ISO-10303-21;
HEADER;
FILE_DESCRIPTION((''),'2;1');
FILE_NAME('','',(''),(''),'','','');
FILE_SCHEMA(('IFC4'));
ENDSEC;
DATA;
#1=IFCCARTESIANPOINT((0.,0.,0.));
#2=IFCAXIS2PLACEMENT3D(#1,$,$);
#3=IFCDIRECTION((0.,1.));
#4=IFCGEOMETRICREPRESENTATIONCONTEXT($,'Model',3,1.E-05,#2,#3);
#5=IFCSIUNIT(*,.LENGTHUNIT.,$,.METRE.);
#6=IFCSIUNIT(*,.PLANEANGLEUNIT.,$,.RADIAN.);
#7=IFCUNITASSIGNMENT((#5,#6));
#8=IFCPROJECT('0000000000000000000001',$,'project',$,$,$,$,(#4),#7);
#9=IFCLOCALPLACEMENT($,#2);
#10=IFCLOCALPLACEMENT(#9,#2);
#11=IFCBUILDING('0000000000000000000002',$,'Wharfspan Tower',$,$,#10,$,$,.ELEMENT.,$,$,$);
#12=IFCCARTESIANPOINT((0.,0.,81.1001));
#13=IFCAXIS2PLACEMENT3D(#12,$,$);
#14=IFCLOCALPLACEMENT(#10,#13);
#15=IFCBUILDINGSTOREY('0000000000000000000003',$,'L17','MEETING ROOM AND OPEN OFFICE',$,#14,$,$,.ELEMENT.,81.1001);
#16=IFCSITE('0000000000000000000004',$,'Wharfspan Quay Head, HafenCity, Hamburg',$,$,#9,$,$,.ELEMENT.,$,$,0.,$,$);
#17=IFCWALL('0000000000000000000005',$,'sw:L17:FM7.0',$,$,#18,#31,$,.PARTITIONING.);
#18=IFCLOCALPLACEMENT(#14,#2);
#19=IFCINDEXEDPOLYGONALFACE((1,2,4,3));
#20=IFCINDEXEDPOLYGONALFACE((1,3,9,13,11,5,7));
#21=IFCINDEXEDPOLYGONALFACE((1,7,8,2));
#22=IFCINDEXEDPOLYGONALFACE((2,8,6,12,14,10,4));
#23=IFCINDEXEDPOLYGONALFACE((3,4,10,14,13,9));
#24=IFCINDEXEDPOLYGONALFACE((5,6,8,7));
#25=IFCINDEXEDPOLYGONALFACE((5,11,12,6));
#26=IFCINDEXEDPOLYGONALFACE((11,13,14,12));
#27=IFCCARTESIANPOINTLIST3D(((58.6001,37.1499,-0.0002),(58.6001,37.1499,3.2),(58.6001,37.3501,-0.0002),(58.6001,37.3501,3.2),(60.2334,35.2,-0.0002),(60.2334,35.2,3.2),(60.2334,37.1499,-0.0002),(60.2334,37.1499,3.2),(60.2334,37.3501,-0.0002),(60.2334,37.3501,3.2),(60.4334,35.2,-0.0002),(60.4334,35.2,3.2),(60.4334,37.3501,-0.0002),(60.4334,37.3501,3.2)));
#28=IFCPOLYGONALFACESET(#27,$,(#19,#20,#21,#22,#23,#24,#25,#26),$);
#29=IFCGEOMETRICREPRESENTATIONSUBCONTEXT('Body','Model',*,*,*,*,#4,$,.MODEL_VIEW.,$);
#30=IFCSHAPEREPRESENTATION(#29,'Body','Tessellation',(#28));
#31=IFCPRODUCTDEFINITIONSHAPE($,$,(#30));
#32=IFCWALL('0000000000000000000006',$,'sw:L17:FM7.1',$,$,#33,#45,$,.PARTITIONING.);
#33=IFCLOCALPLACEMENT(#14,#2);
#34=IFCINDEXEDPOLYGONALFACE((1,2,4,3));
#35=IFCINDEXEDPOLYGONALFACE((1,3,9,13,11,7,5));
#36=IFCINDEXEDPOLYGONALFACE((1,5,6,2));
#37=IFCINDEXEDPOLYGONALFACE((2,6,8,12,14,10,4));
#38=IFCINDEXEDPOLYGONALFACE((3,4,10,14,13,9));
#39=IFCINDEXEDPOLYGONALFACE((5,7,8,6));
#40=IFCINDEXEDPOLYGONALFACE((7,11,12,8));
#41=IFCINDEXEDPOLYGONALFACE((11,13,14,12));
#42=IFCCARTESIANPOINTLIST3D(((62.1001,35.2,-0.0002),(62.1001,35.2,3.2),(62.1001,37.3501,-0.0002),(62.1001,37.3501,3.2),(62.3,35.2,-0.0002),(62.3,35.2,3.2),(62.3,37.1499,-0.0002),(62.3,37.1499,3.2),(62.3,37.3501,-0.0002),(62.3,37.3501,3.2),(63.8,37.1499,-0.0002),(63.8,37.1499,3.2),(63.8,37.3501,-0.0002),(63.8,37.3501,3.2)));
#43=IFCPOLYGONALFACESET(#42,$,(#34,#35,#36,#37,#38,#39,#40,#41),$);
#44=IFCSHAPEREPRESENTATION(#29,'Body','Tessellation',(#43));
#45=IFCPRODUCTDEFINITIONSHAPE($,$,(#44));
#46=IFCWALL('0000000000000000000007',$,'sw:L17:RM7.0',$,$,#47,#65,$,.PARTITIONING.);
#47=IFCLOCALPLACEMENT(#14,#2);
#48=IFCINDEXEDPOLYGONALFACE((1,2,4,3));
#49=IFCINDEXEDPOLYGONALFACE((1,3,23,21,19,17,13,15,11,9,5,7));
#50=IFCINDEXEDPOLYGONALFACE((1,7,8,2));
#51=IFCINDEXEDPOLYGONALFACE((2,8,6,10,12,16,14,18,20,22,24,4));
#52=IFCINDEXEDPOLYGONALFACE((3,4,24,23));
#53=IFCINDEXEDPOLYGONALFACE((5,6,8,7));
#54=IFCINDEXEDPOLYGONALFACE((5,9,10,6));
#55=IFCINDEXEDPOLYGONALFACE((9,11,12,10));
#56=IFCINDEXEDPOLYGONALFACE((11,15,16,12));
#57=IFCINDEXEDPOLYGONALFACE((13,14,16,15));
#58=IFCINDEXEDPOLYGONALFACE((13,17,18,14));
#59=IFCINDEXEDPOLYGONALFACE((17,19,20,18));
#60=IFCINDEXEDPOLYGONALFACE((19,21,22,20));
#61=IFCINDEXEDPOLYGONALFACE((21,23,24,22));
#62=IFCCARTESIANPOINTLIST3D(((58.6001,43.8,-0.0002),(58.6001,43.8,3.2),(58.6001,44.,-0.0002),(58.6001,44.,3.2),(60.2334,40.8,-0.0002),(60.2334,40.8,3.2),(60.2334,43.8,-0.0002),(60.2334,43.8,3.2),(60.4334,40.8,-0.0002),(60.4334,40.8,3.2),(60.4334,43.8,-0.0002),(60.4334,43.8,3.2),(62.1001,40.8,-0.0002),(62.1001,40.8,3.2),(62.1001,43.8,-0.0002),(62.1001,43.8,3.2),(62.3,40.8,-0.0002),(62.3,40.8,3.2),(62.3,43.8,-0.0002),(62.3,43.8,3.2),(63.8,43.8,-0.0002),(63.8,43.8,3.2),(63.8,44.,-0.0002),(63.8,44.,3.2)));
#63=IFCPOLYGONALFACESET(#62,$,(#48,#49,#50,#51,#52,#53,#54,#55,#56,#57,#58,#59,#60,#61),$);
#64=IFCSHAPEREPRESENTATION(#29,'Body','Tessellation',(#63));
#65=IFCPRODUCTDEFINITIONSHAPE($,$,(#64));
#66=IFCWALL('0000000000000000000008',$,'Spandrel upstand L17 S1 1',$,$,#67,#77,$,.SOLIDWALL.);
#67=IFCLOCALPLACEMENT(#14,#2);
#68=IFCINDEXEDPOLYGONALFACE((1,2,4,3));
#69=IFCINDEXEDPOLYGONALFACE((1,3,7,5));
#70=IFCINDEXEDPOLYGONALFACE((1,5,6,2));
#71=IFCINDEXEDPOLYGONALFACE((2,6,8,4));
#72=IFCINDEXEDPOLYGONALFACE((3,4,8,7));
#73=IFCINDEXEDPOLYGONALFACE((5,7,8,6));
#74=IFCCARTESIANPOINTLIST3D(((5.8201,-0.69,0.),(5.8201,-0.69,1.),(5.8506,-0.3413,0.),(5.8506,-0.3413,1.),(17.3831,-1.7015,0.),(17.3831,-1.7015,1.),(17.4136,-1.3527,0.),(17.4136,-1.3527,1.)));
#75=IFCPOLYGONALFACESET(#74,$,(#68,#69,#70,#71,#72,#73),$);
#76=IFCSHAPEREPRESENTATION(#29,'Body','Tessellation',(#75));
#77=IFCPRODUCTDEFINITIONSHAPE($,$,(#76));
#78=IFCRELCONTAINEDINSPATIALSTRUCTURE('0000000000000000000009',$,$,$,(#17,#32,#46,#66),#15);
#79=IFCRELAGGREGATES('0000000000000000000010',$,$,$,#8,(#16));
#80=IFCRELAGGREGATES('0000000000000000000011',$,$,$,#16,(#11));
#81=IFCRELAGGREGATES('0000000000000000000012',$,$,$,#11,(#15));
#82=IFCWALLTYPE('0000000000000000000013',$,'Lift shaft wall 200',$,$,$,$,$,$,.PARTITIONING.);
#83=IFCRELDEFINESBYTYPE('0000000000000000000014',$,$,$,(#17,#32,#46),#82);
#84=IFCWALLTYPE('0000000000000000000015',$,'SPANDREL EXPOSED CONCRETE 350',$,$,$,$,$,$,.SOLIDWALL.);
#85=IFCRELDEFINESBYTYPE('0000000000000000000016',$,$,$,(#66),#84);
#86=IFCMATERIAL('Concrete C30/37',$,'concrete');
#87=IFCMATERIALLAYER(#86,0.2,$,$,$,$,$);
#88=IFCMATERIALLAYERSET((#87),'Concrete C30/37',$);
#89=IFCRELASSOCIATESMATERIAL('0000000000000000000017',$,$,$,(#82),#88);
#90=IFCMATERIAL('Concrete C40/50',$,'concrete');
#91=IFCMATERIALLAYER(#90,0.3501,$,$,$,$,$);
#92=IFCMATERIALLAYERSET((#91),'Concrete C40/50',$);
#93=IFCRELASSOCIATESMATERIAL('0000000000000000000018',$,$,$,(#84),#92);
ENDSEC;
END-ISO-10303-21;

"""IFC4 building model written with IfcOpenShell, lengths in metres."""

from ifc_helpers import new_model, si_unit, direction, frame, frame_2d, origin, place, context, subcontext, project, spatial, polyline, rectangle, outline, extrude, material, layer, layer_set, type_object, element, save


model = new_model("IFC4")

# Units and contexts
model_context = context("Model", 3, precision=1e-05, world=origin(), true_north=direction((0.0, 1.0)))
body_context = subcontext(model_context, "Body", "Model", "MODEL_VIEW")
ifc_project = project(units=[si_unit("LENGTHUNIT", "METRE"), si_unit("PLANEANGLEUNIT", "RADIAN")], contexts=[model_context])

# Site, building, storey
site_placement = place(None, origin())
site = spatial("IfcSite", under=ifc_project, at=site_placement, Name="Wharfspan Quay Head, HafenCity, Hamburg", CompositionType="ELEMENT", RefElevation=0.0)
building_placement = place(site_placement, origin())
building = spatial("IfcBuilding", under=site, at=building_placement, Name="Wharfspan Tower", CompositionType="ELEMENT")
storey_placement = place(building_placement, frame((0.0, 0.0, 81.1001)))
storey = spatial("IfcBuildingStorey", under=building, at=storey_placement, Name="L17", Description="MEETING ROOM AND OPEN OFFICE", CompositionType="ELEMENT", Elevation=81.1001)

# Shared definitions
ifc_material_1 = material(Name="Concrete C40/50", Category="concrete")

# Walls
ifc_material_2 = material(Name="Concrete C30/37", Category="concrete")
ifc_layer_1 = layer(ifc_material_2, 0.2)
ifc_layer_set_1 = layer_set([ifc_layer_1], Name="Concrete C30/37")
wall_type_1 = type_object("IfcWallType", Name="Lift shaft wall 200", PredefinedType="PARTITIONING", material=ifc_layer_set_1)
wall_1_placement = place(storey_placement, frame((0.0, 0.0, -0.0002)))
element("IfcWall", 1, at=wall_1_placement, inside=storey, type_object=wall_type_1, Name="sw:L17:FM7.0", PredefinedType="PARTITIONING", context=body_context, shape_type="SweptSolid", body=[
    extrude(outline(polyline([(60.2334, 37.1499), (58.6001, 37.1499), (58.6001, 37.3501), (60.2334, 37.3501), (60.4333, 37.3501), (60.4333, 35.2), (60.2334, 35.2), (60.2334, 37.1499)])), origin(), (0.0, 0.0, 1.0), 3.2002),
])
wall_2_placement = place(storey_placement, frame((0.0, 0.0, -0.0002)))
element("IfcWall", 2, at=wall_2_placement, inside=storey, type_object=wall_type_1, Name="sw:L17:FM7.1", PredefinedType="PARTITIONING", context=body_context, shape_type="SweptSolid", body=[
    extrude(outline(polyline([(62.1001, 37.3501), (62.3, 37.3501), (63.8, 37.3501), (63.8, 37.1499), (62.3, 37.1499), (62.3, 35.2), (62.1001, 35.2), (62.1001, 37.3501)])), origin(), (0.0, 0.0, 1.0), 3.2002),
])
wall_3_placement = place(storey_placement, frame((0.0, 0.0, -0.0002)))
element("IfcWall", 3, at=wall_3_placement, inside=storey, type_object=wall_type_1, Name="sw:L17:RM7.0", PredefinedType="PARTITIONING", context=body_context, shape_type="SweptSolid", body=[
    extrude(outline(polyline([(60.4333, 40.8), (60.2334, 40.8), (60.2334, 43.8), (58.6001, 43.8), (58.6001, 44.0), (63.8, 44.0), (63.8, 43.8), (62.3, 43.8), (62.3, 40.8), (62.1001, 40.8), (62.1001, 43.8), (60.4333, 43.8), (60.4333, 40.8)])), origin(), (0.0, 0.0, 1.0), 3.2002),
])
ifc_layer_2 = layer(ifc_material_1, 0.3501)
ifc_layer_set_2 = layer_set([ifc_layer_2], Name="Concrete C40/50")
wall_type_2 = type_object("IfcWallType", Name="SPANDREL EXPOSED CONCRETE 350", PredefinedType="SOLIDWALL", material=ifc_layer_set_2)
wall_4_placement = place(storey_placement, frame((5.8352, -0.5156, 0.0), z_axis=(0.0, 0.0, 1.0), x_axis=(0.996192, -0.087142, 0.0)))
element("IfcWall", 4, at=wall_4_placement, inside=storey, type_object=wall_type_2, Name="Spandrel upstand L17 S1 1", PredefinedType="SOLIDWALL", context=body_context, shape_type="SweptSolid", body=[
    extrude(rectangle(XDim=11.6072, YDim=0.3501, at=frame_2d((5.8037, 0.0))), origin(), (0.0, 0.0, 1.0), 1.0),
])

save(model, "model.ifc")
